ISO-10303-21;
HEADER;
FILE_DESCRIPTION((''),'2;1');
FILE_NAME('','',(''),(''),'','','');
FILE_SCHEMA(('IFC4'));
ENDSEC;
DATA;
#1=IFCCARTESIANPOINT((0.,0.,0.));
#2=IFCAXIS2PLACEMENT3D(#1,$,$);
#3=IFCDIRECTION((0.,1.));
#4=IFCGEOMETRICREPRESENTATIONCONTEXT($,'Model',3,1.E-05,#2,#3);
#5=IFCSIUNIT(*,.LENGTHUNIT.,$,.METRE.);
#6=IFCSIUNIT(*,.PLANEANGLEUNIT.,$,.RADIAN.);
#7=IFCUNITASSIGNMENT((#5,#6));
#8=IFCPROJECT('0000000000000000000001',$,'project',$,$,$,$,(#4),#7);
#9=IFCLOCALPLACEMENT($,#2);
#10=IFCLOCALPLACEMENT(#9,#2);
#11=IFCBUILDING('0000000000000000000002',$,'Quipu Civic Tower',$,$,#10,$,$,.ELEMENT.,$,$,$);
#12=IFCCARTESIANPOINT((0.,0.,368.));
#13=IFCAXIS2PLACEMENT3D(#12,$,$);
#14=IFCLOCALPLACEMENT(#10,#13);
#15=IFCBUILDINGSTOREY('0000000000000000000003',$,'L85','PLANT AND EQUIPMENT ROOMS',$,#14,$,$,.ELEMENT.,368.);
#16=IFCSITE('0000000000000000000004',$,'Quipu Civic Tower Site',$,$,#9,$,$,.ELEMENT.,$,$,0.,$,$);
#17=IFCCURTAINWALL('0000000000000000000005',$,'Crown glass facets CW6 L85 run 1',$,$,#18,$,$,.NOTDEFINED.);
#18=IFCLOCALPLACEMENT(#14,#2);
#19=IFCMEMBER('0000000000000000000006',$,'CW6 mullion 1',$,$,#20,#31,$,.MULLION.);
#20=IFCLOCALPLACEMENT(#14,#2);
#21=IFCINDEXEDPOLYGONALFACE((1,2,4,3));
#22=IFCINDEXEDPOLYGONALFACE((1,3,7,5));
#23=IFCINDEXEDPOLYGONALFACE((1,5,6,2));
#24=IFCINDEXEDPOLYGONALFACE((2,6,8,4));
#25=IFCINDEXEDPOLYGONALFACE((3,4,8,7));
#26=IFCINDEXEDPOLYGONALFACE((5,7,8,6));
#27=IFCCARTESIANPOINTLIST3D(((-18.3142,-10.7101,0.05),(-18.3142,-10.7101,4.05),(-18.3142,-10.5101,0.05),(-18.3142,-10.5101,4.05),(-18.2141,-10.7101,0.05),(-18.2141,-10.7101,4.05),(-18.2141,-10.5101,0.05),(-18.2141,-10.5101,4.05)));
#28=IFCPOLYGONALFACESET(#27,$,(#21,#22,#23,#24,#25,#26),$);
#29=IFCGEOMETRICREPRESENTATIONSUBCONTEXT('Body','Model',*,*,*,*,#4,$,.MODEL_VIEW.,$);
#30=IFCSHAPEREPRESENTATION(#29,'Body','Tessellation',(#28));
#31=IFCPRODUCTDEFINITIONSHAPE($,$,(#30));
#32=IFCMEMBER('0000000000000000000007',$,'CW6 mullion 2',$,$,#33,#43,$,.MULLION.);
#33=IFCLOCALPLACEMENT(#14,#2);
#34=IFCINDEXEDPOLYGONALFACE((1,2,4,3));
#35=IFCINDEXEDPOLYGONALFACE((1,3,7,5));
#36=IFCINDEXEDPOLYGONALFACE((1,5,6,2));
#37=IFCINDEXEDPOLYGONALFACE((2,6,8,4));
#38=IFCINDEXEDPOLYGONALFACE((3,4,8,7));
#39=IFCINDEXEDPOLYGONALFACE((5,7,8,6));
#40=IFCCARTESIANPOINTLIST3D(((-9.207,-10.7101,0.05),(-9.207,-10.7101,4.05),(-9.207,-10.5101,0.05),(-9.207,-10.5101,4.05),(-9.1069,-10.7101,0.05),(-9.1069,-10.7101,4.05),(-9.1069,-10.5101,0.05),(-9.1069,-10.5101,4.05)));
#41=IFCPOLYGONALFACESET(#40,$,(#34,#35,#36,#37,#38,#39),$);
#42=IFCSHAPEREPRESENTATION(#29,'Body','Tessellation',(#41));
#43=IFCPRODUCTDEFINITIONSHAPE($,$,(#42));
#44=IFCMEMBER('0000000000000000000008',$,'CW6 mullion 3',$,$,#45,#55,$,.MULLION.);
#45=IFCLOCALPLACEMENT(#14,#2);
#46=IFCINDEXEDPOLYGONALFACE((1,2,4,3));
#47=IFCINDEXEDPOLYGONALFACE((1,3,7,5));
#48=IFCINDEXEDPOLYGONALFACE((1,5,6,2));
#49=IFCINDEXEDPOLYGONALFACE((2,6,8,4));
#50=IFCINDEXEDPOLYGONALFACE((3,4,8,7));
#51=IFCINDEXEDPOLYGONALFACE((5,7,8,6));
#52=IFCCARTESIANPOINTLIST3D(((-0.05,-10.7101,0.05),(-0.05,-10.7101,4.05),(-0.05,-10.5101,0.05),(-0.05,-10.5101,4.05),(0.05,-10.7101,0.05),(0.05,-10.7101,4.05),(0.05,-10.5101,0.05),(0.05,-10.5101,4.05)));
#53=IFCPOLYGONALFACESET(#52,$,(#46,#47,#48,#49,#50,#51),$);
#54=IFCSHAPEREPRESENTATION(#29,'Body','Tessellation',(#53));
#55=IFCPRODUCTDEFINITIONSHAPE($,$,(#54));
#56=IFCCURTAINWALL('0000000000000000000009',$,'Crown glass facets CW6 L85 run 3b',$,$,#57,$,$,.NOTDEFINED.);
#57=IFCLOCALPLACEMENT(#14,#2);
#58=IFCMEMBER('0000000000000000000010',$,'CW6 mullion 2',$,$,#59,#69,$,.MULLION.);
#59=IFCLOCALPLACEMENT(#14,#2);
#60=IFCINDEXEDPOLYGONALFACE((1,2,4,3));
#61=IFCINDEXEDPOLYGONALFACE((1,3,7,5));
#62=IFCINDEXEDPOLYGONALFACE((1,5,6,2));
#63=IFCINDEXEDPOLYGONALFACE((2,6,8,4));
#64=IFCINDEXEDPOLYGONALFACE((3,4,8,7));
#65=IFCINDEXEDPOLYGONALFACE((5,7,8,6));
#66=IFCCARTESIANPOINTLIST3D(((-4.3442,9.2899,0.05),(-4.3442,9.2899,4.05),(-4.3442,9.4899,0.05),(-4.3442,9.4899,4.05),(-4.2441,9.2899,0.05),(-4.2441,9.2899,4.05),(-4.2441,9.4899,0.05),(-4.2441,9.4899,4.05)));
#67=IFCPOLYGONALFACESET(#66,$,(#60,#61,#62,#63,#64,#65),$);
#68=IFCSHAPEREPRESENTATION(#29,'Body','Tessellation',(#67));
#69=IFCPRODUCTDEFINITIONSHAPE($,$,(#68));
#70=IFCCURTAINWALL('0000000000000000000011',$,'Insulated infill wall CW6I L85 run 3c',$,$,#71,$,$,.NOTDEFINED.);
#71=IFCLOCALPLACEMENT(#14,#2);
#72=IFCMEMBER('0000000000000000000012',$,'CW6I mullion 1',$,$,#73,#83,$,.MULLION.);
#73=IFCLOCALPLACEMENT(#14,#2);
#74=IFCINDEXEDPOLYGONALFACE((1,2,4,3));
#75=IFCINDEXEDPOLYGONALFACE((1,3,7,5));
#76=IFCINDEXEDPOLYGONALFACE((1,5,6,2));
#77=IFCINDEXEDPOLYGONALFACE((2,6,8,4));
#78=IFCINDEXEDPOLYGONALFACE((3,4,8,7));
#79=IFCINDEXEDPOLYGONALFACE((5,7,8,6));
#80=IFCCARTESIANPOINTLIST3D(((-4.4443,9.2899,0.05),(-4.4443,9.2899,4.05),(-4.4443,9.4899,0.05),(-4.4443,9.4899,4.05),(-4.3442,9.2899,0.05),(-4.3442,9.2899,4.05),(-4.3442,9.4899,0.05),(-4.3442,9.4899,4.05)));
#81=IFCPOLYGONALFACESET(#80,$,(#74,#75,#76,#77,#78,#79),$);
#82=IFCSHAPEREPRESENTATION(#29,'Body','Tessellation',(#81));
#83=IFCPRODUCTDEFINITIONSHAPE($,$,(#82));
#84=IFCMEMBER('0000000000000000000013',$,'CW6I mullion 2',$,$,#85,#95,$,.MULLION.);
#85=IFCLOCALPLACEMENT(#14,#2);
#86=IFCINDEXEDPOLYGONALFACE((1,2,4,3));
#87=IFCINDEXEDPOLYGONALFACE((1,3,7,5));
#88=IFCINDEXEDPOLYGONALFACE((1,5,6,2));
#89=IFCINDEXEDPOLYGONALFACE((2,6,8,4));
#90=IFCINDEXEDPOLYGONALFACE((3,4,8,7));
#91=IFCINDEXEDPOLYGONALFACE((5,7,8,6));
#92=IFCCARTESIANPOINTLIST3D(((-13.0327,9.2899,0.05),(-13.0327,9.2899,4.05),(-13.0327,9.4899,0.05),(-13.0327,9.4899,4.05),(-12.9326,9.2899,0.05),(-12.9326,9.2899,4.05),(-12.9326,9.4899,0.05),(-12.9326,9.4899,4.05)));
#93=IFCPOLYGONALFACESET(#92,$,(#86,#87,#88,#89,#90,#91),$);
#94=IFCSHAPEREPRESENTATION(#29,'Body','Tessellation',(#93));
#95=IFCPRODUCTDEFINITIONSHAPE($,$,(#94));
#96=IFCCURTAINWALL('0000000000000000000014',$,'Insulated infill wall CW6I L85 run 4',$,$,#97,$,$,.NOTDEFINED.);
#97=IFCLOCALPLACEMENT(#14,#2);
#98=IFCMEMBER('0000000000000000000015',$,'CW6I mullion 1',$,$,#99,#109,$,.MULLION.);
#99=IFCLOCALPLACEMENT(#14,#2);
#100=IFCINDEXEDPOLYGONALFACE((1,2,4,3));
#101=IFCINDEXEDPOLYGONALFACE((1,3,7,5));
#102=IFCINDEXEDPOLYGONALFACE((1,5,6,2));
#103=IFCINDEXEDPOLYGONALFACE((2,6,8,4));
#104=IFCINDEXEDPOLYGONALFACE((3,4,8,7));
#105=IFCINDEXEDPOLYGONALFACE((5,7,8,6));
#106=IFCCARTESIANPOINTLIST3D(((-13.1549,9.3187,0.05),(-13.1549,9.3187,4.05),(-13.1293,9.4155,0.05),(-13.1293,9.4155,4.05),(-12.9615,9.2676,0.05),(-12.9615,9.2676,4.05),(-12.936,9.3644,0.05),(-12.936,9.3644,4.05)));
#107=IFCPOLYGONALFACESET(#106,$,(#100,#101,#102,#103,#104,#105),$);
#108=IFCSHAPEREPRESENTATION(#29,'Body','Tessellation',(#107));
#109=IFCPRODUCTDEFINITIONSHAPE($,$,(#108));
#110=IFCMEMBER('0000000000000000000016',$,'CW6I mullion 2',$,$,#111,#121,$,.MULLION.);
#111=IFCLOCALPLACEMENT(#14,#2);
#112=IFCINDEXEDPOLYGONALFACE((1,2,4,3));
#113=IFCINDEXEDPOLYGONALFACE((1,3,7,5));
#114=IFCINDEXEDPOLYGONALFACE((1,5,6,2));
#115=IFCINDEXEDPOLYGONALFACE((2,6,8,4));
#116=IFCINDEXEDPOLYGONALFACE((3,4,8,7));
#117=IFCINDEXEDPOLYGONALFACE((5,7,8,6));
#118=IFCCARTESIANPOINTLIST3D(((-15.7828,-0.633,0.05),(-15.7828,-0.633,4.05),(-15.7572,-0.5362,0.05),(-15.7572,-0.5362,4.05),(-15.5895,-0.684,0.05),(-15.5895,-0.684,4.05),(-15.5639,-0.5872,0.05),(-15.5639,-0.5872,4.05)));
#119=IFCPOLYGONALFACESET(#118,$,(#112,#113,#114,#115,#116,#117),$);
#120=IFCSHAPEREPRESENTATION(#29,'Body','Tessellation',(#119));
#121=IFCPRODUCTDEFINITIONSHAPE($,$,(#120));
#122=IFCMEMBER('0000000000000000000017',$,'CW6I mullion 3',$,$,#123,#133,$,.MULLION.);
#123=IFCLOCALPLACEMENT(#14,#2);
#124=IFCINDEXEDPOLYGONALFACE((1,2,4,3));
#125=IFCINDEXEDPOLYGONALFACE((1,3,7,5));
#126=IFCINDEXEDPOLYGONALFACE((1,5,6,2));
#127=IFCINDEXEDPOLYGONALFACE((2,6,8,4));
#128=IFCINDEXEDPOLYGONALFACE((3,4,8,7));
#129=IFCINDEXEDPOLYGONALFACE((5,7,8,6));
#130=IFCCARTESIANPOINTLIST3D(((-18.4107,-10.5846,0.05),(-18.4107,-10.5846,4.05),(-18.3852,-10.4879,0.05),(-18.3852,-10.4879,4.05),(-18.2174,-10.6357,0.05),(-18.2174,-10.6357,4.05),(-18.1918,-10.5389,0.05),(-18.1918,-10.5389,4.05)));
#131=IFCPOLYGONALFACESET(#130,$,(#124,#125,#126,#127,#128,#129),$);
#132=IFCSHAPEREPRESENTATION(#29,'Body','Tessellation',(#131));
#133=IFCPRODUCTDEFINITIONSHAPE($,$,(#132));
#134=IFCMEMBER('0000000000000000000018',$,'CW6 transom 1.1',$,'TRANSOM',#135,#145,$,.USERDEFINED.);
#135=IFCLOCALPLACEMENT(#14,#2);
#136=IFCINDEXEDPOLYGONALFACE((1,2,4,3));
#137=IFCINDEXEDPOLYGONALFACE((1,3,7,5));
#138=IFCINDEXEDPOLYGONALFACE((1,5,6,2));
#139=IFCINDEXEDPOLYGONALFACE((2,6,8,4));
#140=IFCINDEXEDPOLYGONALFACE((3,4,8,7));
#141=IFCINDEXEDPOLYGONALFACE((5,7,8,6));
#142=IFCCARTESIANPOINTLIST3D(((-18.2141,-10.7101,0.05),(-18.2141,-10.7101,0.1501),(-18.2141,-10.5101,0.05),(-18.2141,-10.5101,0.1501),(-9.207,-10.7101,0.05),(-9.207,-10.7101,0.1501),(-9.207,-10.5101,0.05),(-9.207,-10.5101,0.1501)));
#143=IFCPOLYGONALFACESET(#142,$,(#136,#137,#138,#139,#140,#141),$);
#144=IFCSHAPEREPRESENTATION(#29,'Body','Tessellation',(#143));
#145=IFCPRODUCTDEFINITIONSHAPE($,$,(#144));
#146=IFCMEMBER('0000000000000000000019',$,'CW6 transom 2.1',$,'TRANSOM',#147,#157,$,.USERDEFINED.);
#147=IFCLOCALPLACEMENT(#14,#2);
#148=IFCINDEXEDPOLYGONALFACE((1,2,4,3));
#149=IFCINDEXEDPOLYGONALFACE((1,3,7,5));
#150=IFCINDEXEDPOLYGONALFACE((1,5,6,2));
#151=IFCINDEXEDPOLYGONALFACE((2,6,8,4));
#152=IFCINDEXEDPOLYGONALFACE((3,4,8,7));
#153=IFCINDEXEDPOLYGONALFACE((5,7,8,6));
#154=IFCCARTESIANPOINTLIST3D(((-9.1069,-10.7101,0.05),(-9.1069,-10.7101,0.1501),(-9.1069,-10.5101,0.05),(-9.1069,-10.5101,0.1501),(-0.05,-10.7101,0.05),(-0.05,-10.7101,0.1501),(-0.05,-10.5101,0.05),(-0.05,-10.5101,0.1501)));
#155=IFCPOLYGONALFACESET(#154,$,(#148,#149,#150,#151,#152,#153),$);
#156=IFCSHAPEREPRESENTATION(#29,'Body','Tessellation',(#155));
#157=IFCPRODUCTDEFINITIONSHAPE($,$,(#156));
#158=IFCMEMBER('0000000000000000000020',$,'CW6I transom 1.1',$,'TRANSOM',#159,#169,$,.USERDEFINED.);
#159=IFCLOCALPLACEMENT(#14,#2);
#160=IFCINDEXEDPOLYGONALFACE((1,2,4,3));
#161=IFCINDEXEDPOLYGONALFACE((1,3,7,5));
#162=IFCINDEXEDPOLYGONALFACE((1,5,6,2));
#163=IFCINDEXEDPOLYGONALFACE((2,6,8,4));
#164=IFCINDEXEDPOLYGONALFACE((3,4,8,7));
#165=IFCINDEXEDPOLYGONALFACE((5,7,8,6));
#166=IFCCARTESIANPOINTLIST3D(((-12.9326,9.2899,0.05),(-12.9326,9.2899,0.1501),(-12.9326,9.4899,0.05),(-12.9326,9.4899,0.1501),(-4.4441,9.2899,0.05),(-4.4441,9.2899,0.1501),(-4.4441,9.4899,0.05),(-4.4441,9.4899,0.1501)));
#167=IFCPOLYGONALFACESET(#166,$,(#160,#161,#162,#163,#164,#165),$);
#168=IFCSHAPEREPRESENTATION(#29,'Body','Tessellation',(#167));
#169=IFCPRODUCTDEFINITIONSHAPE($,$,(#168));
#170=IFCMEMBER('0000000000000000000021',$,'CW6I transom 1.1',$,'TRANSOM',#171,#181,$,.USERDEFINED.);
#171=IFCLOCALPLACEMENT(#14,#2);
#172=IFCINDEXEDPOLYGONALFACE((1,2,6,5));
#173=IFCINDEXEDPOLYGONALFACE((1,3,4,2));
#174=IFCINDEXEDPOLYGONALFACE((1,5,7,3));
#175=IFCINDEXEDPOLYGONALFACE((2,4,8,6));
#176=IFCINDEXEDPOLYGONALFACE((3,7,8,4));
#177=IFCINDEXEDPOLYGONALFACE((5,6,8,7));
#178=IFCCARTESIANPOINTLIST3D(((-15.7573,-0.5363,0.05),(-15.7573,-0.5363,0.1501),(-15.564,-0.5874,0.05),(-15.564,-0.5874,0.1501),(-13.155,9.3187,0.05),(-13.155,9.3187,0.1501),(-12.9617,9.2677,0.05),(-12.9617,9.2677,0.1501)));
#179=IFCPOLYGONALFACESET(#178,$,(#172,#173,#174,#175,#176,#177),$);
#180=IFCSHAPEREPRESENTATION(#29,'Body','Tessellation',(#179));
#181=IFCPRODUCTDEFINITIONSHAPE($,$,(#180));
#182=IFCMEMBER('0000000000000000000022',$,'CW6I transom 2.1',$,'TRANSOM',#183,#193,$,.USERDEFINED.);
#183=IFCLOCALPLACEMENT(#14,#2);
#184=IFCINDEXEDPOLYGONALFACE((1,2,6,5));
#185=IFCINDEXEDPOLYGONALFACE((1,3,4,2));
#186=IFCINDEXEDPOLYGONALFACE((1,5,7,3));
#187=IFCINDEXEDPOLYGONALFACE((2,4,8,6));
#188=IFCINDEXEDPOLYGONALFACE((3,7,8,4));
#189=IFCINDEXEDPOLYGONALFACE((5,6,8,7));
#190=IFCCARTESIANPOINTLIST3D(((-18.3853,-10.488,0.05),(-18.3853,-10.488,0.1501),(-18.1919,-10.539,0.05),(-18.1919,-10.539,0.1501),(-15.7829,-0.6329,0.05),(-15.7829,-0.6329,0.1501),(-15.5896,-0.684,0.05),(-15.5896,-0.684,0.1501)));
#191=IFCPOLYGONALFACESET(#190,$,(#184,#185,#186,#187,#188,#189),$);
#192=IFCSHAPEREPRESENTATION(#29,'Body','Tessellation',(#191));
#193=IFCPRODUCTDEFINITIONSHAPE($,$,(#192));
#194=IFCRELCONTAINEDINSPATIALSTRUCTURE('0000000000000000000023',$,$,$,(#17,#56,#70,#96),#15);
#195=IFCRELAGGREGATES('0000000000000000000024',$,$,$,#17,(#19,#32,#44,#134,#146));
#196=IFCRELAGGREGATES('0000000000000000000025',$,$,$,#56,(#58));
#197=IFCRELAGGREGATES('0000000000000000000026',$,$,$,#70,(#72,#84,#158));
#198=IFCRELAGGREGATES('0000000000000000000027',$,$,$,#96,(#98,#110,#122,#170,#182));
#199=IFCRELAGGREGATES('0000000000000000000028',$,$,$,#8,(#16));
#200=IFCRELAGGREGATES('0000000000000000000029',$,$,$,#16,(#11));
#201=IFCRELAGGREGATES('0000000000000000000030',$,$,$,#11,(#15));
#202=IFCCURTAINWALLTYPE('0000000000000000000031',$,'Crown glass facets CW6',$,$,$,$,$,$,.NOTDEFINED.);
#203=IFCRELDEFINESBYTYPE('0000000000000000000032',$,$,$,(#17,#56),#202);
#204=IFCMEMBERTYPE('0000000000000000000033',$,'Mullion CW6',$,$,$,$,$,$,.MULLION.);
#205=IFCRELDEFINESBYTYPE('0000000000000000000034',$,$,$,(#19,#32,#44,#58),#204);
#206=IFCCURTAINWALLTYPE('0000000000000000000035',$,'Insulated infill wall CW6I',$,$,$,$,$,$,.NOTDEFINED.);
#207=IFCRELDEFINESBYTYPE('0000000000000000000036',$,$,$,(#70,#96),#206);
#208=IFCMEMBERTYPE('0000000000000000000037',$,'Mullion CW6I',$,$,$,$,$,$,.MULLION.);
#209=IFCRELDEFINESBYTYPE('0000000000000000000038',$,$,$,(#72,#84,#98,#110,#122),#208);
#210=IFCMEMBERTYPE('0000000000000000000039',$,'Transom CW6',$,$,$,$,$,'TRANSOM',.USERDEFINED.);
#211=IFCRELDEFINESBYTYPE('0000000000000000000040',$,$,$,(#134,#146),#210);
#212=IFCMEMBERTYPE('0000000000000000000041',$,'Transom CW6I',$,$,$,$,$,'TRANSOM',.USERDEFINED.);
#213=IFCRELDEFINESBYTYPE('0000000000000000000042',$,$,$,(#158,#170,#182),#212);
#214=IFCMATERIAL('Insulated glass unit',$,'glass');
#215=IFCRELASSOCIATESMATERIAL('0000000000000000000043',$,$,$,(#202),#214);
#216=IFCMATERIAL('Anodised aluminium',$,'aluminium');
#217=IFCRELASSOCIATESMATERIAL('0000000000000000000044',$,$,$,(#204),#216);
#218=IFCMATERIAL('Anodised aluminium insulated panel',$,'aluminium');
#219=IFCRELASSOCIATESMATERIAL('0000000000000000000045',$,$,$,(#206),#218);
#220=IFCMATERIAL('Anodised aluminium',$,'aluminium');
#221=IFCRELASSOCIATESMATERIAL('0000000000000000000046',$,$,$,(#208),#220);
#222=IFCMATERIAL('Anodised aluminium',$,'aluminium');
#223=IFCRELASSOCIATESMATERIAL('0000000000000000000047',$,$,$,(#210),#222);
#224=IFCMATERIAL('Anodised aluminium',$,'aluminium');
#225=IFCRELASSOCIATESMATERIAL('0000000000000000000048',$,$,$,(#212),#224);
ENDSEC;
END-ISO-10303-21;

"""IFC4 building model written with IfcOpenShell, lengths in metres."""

from ifc_helpers import new_model, si_unit, direction, frame, origin, origin_2d, place, context, subcontext, project, spatial, rectangle, extrude, material, material_profile, profile_set, type_object, element, aggregate, save


model = new_model("IFC4")

# Units and contexts
model_context = context("Model", 3, precision=1e-05, world=origin(), true_north=direction((0.0, 1.0)))
body_context = subcontext(model_context, "Body", "Model", "MODEL_VIEW")
ifc_project = project(units=[si_unit("LENGTHUNIT", "METRE"), si_unit("PLANEANGLEUNIT", "RADIAN")], contexts=[model_context])

# Site, building, storey
site_placement = place(None, origin())
site = spatial("IfcSite", under=ifc_project, at=site_placement, Name="Quipu Civic Tower Site", CompositionType="ELEMENT", RefElevation=0.0)
building_placement = place(site_placement, origin())
building = spatial("IfcBuilding", under=site, at=building_placement, Name="Quipu Civic Tower", CompositionType="ELEMENT")
storey_placement = place(building_placement, frame((0.0, 0.0, 368.0)))
storey = spatial("IfcBuildingStorey", under=building, at=storey_placement, Name="L85", Description="PLANT AND EQUIPMENT ROOMS", CompositionType="ELEMENT", Elevation=368.0)

# Curtain wall, members
ifc_material_1 = material(Name="Insulated glass unit", Category="glass")
curtain_wall_type_1 = type_object("IfcCurtainWallType", Name="Crown glass facets CW6", PredefinedType="NOTDEFINED", material=ifc_material_1)
curtain_wall_1_placement = place(storey_placement, origin())
curtain_wall_1 = element("IfcCurtainWall", 1, at=curtain_wall_1_placement, inside=storey, type_object=curtain_wall_type_1, Name="Crown glass facets CW6 L85 run 1", PredefinedType="NOTDEFINED")
ifc_material_2 = material(Name="Anodised aluminium", Category="aluminium")
ifc_material_profile_1 = material_profile(ifc_material_2, rectangle(XDim=0.2, YDim=0.1001, at=origin_2d()), Name="RECT 200x100")
ifc_profile_set_1 = profile_set([ifc_material_profile_1], Name="Anodised aluminium")
member_type_1 = type_object("IfcMemberType", Name="Mullion CW6", PredefinedType="MULLION", material=ifc_profile_set_1)
member_1_placement = place(storey_placement, frame((-18.2642, -10.6101, 0.05), z_axis=(0.0, 0.0, 1.0), x_axis=(0.0, 1.0, 0.0)))
member_1 = element("IfcMember", 2, at=member_1_placement, type_object=member_type_1, Name="CW6 mullion 1", PredefinedType="MULLION", context=body_context, shape_type="SweptSolid", body=[
    extrude(rectangle(XDim=0.2, YDim=0.1001, at=origin_2d()), origin(), (0.0, 0.0, 1.0), 4.0),
])
member_2_placement = place(storey_placement, frame((-9.157, -10.6101, 0.05), z_axis=(0.0, 0.0, 1.0), x_axis=(0.0, 1.0, 0.0)))
member_2 = element("IfcMember", 3, at=member_2_placement, type_object=member_type_1, Name="CW6 mullion 2", PredefinedType="MULLION", context=body_context, shape_type="SweptSolid", body=[
    extrude(rectangle(XDim=0.2, YDim=0.1001, at=origin_2d()), origin(), (0.0, 0.0, 1.0), 4.0),
])
member_3_placement = place(storey_placement, frame((0.0, -10.6101, 0.05), z_axis=(0.0, 0.0, 1.0), x_axis=(0.0, 1.0, 0.0)))
member_3 = element("IfcMember", 4, at=member_3_placement, type_object=member_type_1, Name="CW6 mullion 3", PredefinedType="MULLION", context=body_context, shape_type="SweptSolid", body=[
    extrude(rectangle(XDim=0.2, YDim=0.1001, at=origin_2d()), origin(), (0.0, 0.0, 1.0), 4.0),
])

# Curtain wall, member
curtain_wall_2_placement = place(storey_placement, origin())
curtain_wall_2 = element("IfcCurtainWall", 5, at=curtain_wall_2_placement, inside=storey, type_object=curtain_wall_type_1, Name="Crown glass facets CW6 L85 run 3b", PredefinedType="NOTDEFINED")
member_4_placement = place(storey_placement, frame((-4.2942, 9.3899, 0.05), z_axis=(0.0, 0.0, 1.0), x_axis=(0.0, -1.0, 0.0)))
member_4 = element("IfcMember", 6, at=member_4_placement, type_object=member_type_1, Name="CW6 mullion 2", PredefinedType="MULLION", context=body_context, shape_type="SweptSolid", body=[
    extrude(rectangle(XDim=0.2, YDim=0.1001, at=origin_2d()), origin(), (0.0, 0.0, 1.0), 4.0),
])

# Curtain walls, members
ifc_material_3 = material(Name="Anodised aluminium insulated panel", Category="aluminium")
curtain_wall_type_2 = type_object("IfcCurtainWallType", Name="Insulated infill wall CW6I", PredefinedType="NOTDEFINED", material=ifc_material_3)
curtain_wall_3_placement = place(storey_placement, origin())
curtain_wall_3 = element("IfcCurtainWall", 7, at=curtain_wall_3_placement, inside=storey, type_object=curtain_wall_type_2, Name="Insulated infill wall CW6I L85 run 3c", PredefinedType="NOTDEFINED")
ifc_material_4 = material(Name="Anodised aluminium", Category="aluminium")
ifc_material_profile_2 = material_profile(ifc_material_4, rectangle(XDim=0.2, YDim=0.1001, at=origin_2d()), Name="RECT 200x100")
ifc_profile_set_2 = profile_set([ifc_material_profile_2], Name="Anodised aluminium")
member_type_2 = type_object("IfcMemberType", Name="Mullion CW6I", PredefinedType="MULLION", material=ifc_profile_set_2)
member_5_placement = place(storey_placement, frame((-4.3943, 9.3899, 0.05), z_axis=(0.0, 0.0, 1.0), x_axis=(0.0, -1.0, 0.0)))
member_5 = element("IfcMember", 8, at=member_5_placement, type_object=member_type_2, Name="CW6I mullion 1", PredefinedType="MULLION", context=body_context, shape_type="SweptSolid", body=[
    extrude(rectangle(XDim=0.2, YDim=0.1001, at=origin_2d()), origin(), (0.0, 0.0, 1.0), 4.0),
])
member_6_placement = place(storey_placement, frame((-12.9827, 9.3899, 0.05), z_axis=(0.0, 0.0, 1.0), x_axis=(0.0, -1.0, 0.0)))
member_6 = element("IfcMember", 9, at=member_6_placement, type_object=member_type_2, Name="CW6I mullion 2", PredefinedType="MULLION", context=body_context, shape_type="SweptSolid", body=[
    extrude(rectangle(XDim=0.2, YDim=0.1001, at=origin_2d()), origin(), (0.0, 0.0, 1.0), 4.0),
])
curtain_wall_4_placement = place(storey_placement, origin())
curtain_wall_4 = element("IfcCurtainWall", 10, at=curtain_wall_4_placement, inside=storey, type_object=curtain_wall_type_2, Name="Insulated infill wall CW6I L85 run 4", PredefinedType="NOTDEFINED")
member_7_placement = place(storey_placement, frame((-13.0454, 9.3416, 0.05), z_axis=(0.0, 0.0, 1.0), x_axis=(0.966857, -0.255318, 0.0)))
member_7 = element("IfcMember", 11, at=member_7_placement, type_object=member_type_2, Name="CW6I mullion 1", PredefinedType="MULLION", context=body_context, shape_type="SweptSolid", body=[
    extrude(rectangle(XDim=0.2, YDim=0.1001, at=origin_2d()), origin(), (0.0, 0.0, 1.0), 4.0),
])
member_8_placement = place(storey_placement, frame((-15.6733, -0.6101, 0.05), z_axis=(0.0, 0.0, 1.0), x_axis=(0.966857, -0.255318, 0.0)))
member_8 = element("IfcMember", 12, at=member_8_placement, type_object=member_type_2, Name="CW6I mullion 2", PredefinedType="MULLION", context=body_context, shape_type="SweptSolid", body=[
    extrude(rectangle(XDim=0.2, YDim=0.1001, at=origin_2d()), origin(), (0.0, 0.0, 1.0), 4.0),
])
member_9_placement = place(storey_placement, frame((-18.3013, -10.5618, 0.05), z_axis=(0.0, 0.0, 1.0), x_axis=(0.966857, -0.255318, 0.0)))
member_9 = element("IfcMember", 13, at=member_9_placement, type_object=member_type_2, Name="CW6I mullion 3", PredefinedType="MULLION", context=body_context, shape_type="SweptSolid", body=[
    extrude(rectangle(XDim=0.2, YDim=0.1001, at=origin_2d()), origin(), (0.0, 0.0, 1.0), 4.0),
])

# Members
ifc_material_5 = material(Name="Anodised aluminium", Category="aluminium")
ifc_material_profile_3 = material_profile(ifc_material_5, rectangle(XDim=0.2, YDim=0.1001, at=origin_2d()), Name="RECT 200x100")
ifc_profile_set_3 = profile_set([ifc_material_profile_3], Name="Anodised aluminium")
member_type_3 = type_object("IfcMemberType", Name="Transom CW6", ElementType="TRANSOM", PredefinedType="USERDEFINED", material=ifc_profile_set_3)
member_10_placement = place(storey_placement, frame((-18.2141, -10.6101, 0.1001), z_axis=(1.0, 0.0, 0.0), x_axis=(0.0, 1.0, 0.0)))
member_10 = element("IfcMember", 14, at=member_10_placement, type_object=member_type_3, Name="CW6 transom 1.1", ObjectType="TRANSOM", PredefinedType="USERDEFINED", context=body_context, shape_type="SweptSolid", body=[
    extrude(rectangle(XDim=0.2, YDim=0.1001, at=origin_2d()), origin(), (0.0, 0.0, 1.0), 9.0071),
])
member_11_placement = place(storey_placement, frame((-9.1069, -10.6101, 0.1001), z_axis=(1.0, 0.0, 0.0), x_axis=(0.0, 1.0, 0.0)))
member_11 = element("IfcMember", 15, at=member_11_placement, type_object=member_type_3, Name="CW6 transom 2.1", ObjectType="TRANSOM", PredefinedType="USERDEFINED", context=body_context, shape_type="SweptSolid", body=[
    extrude(rectangle(XDim=0.2, YDim=0.1001, at=origin_2d()), origin(), (0.0, 0.0, 1.0), 9.0569),
])
ifc_material_6 = material(Name="Anodised aluminium", Category="aluminium")
ifc_material_profile_4 = material_profile(ifc_material_6, rectangle(XDim=0.2, YDim=0.1001, at=origin_2d()), Name="RECT 200x100")
ifc_profile_set_4 = profile_set([ifc_material_profile_4], Name="Anodised aluminium")
member_type_4 = type_object("IfcMemberType", Name="Transom CW6I", ElementType="TRANSOM", PredefinedType="USERDEFINED", material=ifc_profile_set_4)
member_12_placement = place(storey_placement, frame((-4.4441, 9.3899, 0.1001), z_axis=(-1.0, 0.0, 0.0), x_axis=(0.0, -1.0, 0.0)))
member_12 = element("IfcMember", 16, at=member_12_placement, type_object=member_type_4, Name="CW6I transom 1.1", ObjectType="TRANSOM", PredefinedType="USERDEFINED", context=body_context, shape_type="SweptSolid", body=[
    extrude(rectangle(XDim=0.2, YDim=0.1001, at=origin_2d()), origin(), (0.0, 0.0, 1.0), 8.4885),
])
member_13_placement = place(storey_placement, frame((-13.0583, 9.2932, 0.1001), z_axis=(-0.255308, -0.96686, 0.0), x_axis=(0.96686, -0.255308, 0.0)))
member_13 = element("IfcMember", 17, at=member_13_placement, type_object=member_type_4, Name="CW6I transom 1.1", ObjectType="TRANSOM", PredefinedType="USERDEFINED", context=body_context, shape_type="SweptSolid", body=[
    extrude(rectangle(XDim=0.2, YDim=0.1001, at=origin_2d()), origin(), (0.0, 0.0, 1.0), 10.1929),
])
member_14_placement = place(storey_placement, frame((-15.6863, -0.6584, 0.1001), z_axis=(-0.255308, -0.96686, 0.0), x_axis=(0.96686, -0.255308, 0.0)))
member_14 = element("IfcMember", 18, at=member_14_placement, type_object=member_type_4, Name="CW6I transom 2.1", ObjectType="TRANSOM", PredefinedType="USERDEFINED", context=body_context, shape_type="SweptSolid", body=[
    extrude(rectangle(XDim=0.2, YDim=0.1001, at=origin_2d()), origin(), (0.0, 0.0, 1.0), 10.1929),
])

aggregate(curtain_wall_1, [member_1, member_2, member_3, member_10, member_11])
aggregate(curtain_wall_2, [member_4])
aggregate(curtain_wall_3, [member_5, member_6, member_12])
aggregate(curtain_wall_4, [member_7, member_8, member_9, member_13, member_14])

save(model, "model.ifc")
